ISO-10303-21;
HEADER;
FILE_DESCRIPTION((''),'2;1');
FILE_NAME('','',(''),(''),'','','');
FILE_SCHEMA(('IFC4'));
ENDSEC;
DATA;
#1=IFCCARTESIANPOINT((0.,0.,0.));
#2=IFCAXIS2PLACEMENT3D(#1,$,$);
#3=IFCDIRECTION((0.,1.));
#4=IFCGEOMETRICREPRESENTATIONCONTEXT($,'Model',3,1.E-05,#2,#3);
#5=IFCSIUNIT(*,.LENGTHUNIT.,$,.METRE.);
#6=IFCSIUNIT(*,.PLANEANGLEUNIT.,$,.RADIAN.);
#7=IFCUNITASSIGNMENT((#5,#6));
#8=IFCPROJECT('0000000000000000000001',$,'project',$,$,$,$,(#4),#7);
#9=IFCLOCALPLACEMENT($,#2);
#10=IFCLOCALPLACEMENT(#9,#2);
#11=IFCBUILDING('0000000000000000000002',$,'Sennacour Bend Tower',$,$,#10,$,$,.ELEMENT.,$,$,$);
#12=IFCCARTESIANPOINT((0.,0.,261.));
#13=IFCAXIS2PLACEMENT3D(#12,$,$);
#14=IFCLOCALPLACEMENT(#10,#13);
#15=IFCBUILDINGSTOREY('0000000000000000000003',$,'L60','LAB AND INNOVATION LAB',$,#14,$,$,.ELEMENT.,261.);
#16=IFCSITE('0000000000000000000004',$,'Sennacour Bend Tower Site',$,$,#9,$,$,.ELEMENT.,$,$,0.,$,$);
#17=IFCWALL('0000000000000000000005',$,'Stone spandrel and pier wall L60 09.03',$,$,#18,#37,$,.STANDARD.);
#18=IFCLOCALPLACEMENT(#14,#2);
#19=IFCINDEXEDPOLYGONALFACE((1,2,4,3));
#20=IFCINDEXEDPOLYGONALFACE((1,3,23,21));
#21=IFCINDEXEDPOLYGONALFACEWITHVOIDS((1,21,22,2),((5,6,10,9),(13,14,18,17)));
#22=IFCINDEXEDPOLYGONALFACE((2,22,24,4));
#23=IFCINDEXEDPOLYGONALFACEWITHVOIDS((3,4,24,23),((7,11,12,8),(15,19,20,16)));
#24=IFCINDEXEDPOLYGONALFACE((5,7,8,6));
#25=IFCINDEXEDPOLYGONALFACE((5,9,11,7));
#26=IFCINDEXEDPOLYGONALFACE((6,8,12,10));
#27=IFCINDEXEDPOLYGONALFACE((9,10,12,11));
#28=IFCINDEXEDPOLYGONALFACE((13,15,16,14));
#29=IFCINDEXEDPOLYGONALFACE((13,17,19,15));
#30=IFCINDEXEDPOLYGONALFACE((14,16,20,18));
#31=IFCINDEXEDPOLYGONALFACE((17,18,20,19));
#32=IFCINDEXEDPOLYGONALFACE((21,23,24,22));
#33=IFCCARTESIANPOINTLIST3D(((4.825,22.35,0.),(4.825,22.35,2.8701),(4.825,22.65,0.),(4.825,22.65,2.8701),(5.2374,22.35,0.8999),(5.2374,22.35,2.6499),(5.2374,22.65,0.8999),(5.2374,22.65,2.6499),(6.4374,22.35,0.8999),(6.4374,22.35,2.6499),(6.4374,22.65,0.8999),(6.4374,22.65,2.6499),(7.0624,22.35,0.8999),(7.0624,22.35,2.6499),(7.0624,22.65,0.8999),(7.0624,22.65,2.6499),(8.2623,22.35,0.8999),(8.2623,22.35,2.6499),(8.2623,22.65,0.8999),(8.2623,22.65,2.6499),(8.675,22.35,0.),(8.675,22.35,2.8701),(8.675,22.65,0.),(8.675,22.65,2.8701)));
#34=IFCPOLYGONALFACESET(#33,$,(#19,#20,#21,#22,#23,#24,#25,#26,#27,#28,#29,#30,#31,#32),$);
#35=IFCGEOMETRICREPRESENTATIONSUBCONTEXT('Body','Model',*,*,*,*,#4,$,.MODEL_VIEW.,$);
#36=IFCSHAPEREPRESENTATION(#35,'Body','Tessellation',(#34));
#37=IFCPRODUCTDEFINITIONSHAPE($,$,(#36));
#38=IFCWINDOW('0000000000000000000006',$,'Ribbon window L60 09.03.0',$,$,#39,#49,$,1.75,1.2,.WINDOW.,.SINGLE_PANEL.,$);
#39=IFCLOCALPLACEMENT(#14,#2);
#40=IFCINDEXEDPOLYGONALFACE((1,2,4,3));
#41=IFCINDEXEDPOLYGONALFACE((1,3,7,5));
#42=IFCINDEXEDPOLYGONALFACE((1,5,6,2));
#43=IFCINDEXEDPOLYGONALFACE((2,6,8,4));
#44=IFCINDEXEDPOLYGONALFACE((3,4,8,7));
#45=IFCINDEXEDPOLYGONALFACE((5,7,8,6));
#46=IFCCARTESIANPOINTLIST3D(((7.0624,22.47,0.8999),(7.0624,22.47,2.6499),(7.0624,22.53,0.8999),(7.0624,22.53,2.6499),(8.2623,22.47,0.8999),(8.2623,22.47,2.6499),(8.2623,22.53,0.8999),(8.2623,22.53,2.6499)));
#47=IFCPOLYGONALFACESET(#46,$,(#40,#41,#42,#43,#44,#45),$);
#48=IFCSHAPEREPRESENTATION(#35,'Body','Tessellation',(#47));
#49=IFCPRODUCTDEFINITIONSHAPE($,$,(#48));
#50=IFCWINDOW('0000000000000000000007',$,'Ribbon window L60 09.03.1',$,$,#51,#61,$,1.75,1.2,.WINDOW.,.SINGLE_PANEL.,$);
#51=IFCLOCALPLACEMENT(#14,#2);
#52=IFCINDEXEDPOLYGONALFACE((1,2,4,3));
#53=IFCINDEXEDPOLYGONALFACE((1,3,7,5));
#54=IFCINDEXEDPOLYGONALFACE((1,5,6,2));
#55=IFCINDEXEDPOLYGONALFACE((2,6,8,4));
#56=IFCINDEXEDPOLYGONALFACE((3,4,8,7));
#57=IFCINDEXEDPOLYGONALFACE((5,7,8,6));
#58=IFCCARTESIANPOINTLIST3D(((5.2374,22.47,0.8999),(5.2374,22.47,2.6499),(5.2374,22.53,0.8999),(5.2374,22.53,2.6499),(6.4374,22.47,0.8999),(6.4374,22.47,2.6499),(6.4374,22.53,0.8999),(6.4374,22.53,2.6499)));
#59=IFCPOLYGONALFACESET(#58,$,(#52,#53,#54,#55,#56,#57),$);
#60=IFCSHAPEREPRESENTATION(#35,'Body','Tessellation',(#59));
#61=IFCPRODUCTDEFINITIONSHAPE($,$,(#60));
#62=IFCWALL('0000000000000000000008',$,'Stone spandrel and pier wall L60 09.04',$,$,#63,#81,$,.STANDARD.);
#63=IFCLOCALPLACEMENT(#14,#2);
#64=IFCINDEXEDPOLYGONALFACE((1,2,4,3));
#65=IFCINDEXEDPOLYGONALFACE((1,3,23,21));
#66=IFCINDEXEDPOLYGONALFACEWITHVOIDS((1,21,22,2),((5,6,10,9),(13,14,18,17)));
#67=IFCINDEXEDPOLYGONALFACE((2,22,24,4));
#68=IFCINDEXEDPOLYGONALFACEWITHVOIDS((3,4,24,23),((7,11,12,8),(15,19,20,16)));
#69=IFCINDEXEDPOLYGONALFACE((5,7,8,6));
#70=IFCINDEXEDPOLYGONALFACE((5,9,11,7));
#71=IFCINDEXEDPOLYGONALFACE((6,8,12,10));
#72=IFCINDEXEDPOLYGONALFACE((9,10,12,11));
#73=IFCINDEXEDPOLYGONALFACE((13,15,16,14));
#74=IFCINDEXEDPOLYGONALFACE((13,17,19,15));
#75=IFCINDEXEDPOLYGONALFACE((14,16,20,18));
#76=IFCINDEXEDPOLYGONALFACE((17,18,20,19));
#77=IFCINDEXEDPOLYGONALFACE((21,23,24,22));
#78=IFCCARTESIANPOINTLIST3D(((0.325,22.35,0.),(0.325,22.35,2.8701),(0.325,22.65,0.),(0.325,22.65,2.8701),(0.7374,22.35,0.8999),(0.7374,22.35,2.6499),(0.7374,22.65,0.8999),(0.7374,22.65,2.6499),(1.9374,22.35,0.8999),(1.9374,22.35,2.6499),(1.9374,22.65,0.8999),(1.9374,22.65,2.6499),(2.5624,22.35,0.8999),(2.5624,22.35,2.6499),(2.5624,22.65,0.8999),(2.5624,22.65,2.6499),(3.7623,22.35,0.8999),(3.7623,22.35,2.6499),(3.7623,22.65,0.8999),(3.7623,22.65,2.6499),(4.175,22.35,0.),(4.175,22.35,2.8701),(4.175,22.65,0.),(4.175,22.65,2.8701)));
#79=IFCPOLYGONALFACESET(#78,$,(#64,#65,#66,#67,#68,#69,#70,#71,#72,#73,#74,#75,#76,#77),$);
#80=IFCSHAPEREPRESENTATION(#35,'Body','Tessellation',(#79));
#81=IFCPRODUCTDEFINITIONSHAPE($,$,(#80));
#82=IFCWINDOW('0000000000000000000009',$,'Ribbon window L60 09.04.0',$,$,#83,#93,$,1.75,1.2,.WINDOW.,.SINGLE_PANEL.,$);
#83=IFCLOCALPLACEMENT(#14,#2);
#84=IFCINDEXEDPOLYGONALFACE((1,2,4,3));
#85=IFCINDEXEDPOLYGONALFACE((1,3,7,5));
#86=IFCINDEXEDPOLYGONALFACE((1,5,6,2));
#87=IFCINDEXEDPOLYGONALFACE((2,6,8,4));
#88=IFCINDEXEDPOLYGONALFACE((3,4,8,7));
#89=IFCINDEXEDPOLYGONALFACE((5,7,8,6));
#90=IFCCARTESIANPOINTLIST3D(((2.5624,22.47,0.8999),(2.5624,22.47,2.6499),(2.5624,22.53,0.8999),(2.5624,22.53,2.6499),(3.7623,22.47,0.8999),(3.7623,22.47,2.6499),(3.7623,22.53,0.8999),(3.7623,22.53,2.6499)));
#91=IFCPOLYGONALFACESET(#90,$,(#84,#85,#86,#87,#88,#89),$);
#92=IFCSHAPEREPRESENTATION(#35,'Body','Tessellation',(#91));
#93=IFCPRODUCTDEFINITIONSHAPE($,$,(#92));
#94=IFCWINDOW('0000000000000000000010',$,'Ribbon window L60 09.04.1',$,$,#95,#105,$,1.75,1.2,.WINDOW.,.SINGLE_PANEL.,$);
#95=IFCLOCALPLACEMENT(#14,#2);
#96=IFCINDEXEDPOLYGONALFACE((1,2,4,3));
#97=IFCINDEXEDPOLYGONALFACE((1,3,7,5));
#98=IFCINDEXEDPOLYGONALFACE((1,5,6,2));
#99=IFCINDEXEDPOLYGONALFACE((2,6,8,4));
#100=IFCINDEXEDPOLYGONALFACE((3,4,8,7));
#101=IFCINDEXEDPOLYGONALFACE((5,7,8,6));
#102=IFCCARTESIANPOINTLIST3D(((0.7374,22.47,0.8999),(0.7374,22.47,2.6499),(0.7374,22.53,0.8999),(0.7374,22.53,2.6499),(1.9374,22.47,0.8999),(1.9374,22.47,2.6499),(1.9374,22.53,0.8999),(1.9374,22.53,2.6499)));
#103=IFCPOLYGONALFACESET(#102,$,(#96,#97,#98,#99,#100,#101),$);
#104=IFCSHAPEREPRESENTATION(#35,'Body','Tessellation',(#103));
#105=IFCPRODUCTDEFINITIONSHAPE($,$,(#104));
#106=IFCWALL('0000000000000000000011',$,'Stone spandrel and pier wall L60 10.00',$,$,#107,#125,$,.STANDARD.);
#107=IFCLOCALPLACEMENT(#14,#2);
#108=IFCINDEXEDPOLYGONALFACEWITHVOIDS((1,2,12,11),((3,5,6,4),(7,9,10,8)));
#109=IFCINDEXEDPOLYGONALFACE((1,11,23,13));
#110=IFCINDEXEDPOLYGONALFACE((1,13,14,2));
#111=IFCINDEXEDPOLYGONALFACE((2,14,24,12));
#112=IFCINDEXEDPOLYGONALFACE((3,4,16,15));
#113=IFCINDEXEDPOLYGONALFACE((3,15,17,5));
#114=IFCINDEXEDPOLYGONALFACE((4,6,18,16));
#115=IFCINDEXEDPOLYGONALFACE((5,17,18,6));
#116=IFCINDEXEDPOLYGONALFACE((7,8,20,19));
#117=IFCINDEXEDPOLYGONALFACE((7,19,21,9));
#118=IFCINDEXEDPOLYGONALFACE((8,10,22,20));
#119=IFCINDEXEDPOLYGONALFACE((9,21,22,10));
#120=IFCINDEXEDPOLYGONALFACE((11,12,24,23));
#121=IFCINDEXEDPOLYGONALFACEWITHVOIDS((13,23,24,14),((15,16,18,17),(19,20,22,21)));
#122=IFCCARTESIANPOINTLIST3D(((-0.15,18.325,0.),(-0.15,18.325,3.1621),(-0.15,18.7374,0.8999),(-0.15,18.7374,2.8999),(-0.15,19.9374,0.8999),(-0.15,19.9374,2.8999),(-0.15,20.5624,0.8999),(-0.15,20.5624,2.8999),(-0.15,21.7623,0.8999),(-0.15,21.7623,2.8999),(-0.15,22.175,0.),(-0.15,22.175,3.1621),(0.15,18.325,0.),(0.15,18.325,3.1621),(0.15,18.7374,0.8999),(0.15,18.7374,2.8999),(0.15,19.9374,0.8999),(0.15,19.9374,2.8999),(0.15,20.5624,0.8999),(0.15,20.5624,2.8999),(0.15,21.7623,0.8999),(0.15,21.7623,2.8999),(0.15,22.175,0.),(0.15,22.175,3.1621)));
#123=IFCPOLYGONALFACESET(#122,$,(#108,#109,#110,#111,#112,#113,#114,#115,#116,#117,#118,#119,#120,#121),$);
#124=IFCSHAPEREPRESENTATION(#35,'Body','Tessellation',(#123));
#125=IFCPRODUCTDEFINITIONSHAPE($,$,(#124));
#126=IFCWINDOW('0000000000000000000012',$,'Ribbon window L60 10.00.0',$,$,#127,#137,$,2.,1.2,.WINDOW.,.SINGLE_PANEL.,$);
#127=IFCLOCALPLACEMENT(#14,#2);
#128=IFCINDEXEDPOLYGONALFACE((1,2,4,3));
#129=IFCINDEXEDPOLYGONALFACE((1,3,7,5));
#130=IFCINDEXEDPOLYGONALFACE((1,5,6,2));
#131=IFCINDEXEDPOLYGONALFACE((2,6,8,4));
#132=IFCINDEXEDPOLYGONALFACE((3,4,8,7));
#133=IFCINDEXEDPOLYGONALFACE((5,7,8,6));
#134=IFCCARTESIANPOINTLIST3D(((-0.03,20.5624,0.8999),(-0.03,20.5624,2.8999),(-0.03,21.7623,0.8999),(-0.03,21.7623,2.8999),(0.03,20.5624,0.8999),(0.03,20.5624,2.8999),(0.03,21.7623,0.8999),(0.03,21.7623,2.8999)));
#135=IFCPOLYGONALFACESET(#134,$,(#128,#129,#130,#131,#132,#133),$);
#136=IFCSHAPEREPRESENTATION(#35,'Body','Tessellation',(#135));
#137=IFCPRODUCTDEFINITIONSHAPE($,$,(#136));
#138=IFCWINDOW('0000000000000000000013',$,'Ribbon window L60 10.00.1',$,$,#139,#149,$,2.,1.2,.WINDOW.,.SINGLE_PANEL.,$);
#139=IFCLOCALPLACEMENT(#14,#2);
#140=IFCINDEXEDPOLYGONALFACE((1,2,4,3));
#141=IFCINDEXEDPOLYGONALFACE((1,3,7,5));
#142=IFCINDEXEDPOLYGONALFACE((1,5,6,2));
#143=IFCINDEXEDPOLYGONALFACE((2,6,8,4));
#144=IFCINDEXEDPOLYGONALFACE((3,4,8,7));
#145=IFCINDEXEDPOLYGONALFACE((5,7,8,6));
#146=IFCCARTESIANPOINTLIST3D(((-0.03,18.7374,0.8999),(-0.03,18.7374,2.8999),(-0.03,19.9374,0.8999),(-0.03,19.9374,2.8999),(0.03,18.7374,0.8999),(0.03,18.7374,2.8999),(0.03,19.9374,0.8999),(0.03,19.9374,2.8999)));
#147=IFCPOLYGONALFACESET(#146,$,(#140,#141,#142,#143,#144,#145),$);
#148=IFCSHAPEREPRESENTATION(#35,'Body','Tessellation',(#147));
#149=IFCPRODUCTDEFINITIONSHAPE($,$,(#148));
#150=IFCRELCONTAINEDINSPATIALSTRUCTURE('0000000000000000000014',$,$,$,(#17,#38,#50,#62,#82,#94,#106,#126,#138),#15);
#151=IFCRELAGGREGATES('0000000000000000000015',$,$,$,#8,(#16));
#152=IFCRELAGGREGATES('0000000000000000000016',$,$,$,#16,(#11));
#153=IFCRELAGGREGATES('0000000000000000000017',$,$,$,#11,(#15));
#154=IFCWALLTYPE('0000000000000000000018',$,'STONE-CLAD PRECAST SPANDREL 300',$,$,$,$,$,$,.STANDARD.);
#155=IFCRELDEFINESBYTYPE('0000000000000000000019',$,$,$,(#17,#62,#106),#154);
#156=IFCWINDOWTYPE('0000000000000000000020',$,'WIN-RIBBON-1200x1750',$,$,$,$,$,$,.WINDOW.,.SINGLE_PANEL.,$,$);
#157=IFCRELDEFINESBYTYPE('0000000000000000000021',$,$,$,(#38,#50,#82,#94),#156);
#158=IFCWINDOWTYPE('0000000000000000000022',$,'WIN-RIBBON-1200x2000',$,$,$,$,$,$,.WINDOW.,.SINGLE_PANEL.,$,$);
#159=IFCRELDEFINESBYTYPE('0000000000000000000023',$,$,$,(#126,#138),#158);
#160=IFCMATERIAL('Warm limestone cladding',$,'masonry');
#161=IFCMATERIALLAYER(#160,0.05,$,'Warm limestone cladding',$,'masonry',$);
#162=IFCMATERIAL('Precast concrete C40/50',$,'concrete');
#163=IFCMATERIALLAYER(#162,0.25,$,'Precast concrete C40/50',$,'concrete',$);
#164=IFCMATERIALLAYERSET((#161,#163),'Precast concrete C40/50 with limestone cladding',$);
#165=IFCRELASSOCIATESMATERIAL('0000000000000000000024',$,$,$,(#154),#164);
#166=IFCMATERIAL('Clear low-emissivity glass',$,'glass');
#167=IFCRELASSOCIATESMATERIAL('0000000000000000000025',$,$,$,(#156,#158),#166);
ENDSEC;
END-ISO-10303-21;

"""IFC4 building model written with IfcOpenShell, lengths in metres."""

from ifc_helpers import new_model, si_unit, direction, frame, frame_2d, origin, place, context, subcontext, project, spatial, rectangle, extrude, material, layer, layer_set, type_object, element, fill, save


model = new_model("IFC4")

# Units and contexts
model_context = context("Model", 3, precision=1e-05, world=origin(), true_north=direction((0.0, 1.0)))
body_context = subcontext(model_context, "Body", "Model", "MODEL_VIEW")
ifc_project = project(units=[si_unit("LENGTHUNIT", "METRE"), si_unit("PLANEANGLEUNIT", "RADIAN")], contexts=[model_context])

# Site, building, storey
site_placement = place(None, origin())
site = spatial("IfcSite", under=ifc_project, at=site_placement, Name="Sennacour Bend Tower Site", CompositionType="ELEMENT", RefElevation=0.0)
building_placement = place(site_placement, origin())
building = spatial("IfcBuilding", under=site, at=building_placement, Name="Sennacour Bend Tower", CompositionType="ELEMENT")
storey_placement = place(building_placement, frame((0.0, 0.0, 261.0)))
storey = spatial("IfcBuildingStorey", under=building, at=storey_placement, Name="L60", Description="LAB AND INNOVATION LAB", CompositionType="ELEMENT", Elevation=261.0)

# Walls, openings, windows
ifc_material_1 = material(Name="Warm limestone cladding", Category="masonry")
ifc_layer_1 = layer(ifc_material_1, 0.05, Name="Warm limestone cladding", Category="masonry")
ifc_material_2 = material(Name="Precast concrete C40/50", Category="concrete")
ifc_layer_2 = layer(ifc_material_2, 0.25, Name="Precast concrete C40/50", Category="concrete")
ifc_layer_set_1 = layer_set([ifc_layer_1, ifc_layer_2], Name="Precast concrete C40/50 with limestone cladding")
wall_type_1 = type_object("IfcWallType", Name="STONE-CLAD PRECAST SPANDREL 300", PredefinedType="STANDARD", material=ifc_layer_set_1)
wall_1_placement = place(storey_placement, frame((8.675, 22.5, 0.0), z_axis=(0.0, 0.0, 1.0), x_axis=(-1.0, 0.0, 0.0)))
wall_1 = element("IfcWall", 1, at=wall_1_placement, inside=storey, type_object=wall_type_1, Name="Stone spandrel and pier wall L60 09.03", PredefinedType="STANDARD", context=body_context, shape_type="SweptSolid", body=[
    extrude(rectangle(XDim=3.8501, YDim=0.3, at=frame_2d((1.925, 0.0))), origin(), (0.0, 0.0, 1.0), 2.8701),
])
opening_1_placement = place(wall_1_placement, frame((0.4126, 0.0, 0.8999)))
opening_1 = element("IfcOpeningElement", 2, at=opening_1_placement, cuts=wall_1, PredefinedType="OPENING", context=body_context, shape_type="SweptSolid", body=[
    extrude(rectangle(XDim=1.2, YDim=1.75, at=frame_2d((0.6001, 0.875))), frame((0.0, 0.1602, 0.0), z_axis=(0.0, -1.0, 0.0), x_axis=(1.0, 0.0, 0.0)), (0.0, 0.0, 1.0), 0.3201),
])
opening_2_placement = place(wall_1_placement, frame((2.2375, 0.0, 0.8999)))
opening_2 = element("IfcOpeningElement", 3, at=opening_2_placement, cuts=wall_1, PredefinedType="OPENING", context=body_context, shape_type="SweptSolid", body=[
    extrude(rectangle(XDim=1.2, YDim=1.75, at=frame_2d((0.6001, 0.875))), frame((0.0, 0.1602, 0.0), z_axis=(0.0, -1.0, 0.0), x_axis=(1.0, 0.0, 0.0)), (0.0, 0.0, 1.0), 0.3201),
])
ifc_material_3 = material(Name="Clear low-emissivity glass", Category="glass")
window_type_1 = type_object("IfcWindowType", Name="WIN-RIBBON-1200x1750", PartitioningType="SINGLE_PANEL", PredefinedType="WINDOW", material=ifc_material_3)
window_1_placement = place(opening_1_placement, origin())
window_1 = element("IfcWindow", 4, at=window_1_placement, inside=storey, type_object=window_type_1, Name="Ribbon window L60 09.03.0", OverallHeight=1.75, OverallWidth=1.2, PartitioningType="SINGLE_PANEL", PredefinedType="WINDOW", context=body_context, shape_type="SweptSolid", body=[
    extrude(rectangle(XDim=1.2, YDim=1.75, at=frame_2d((0.6001, 0.875))), frame((0.0, 0.03, 0.0), z_axis=(0.0, -1.0, 0.0), x_axis=(1.0, 0.0, 0.0)), (0.0, 0.0, 1.0), 0.0601),
])
fill(opening_1, window_1)
window_2_placement = place(opening_2_placement, origin())
window_2 = element("IfcWindow", 5, at=window_2_placement, inside=storey, type_object=window_type_1, Name="Ribbon window L60 09.03.1", OverallHeight=1.75, OverallWidth=1.2, PartitioningType="SINGLE_PANEL", PredefinedType="WINDOW", context=body_context, shape_type="SweptSolid", body=[
    extrude(rectangle(XDim=1.2, YDim=1.75, at=frame_2d((0.6001, 0.875))), frame((0.0, 0.03, 0.0), z_axis=(0.0, -1.0, 0.0), x_axis=(1.0, 0.0, 0.0)), (0.0, 0.0, 1.0), 0.0601),
])
fill(opening_2, window_2)
wall_2_placement = place(storey_placement, frame((4.175, 22.5, 0.0), z_axis=(0.0, 0.0, 1.0), x_axis=(-1.0, 0.0, 0.0)))
wall_2 = element("IfcWall", 6, at=wall_2_placement, inside=storey, type_object=wall_type_1, Name="Stone spandrel and pier wall L60 09.04", PredefinedType="STANDARD", context=body_context, shape_type="SweptSolid", body=[
    extrude(rectangle(XDim=3.8501, YDim=0.3, at=frame_2d((1.925, 0.0))), origin(), (0.0, 0.0, 1.0), 2.8701),
])
opening_3_placement = place(wall_2_placement, frame((0.4126, 0.0, 0.8999)))
opening_3 = element("IfcOpeningElement", 7, at=opening_3_placement, cuts=wall_2, PredefinedType="OPENING", context=body_context, shape_type="SweptSolid", body=[
    extrude(rectangle(XDim=1.2, YDim=1.75, at=frame_2d((0.6001, 0.875))), frame((0.0, 0.1602, 0.0), z_axis=(0.0, -1.0, 0.0), x_axis=(1.0, 0.0, 0.0)), (0.0, 0.0, 1.0), 0.3201),
])
opening_4_placement = place(wall_2_placement, frame((2.2375, 0.0, 0.8999)))
opening_4 = element("IfcOpeningElement", 8, at=opening_4_placement, cuts=wall_2, PredefinedType="OPENING", context=body_context, shape_type="SweptSolid", body=[
    extrude(rectangle(XDim=1.2, YDim=1.75, at=frame_2d((0.6001, 0.875))), frame((0.0, 0.1602, 0.0), z_axis=(0.0, -1.0, 0.0), x_axis=(1.0, 0.0, 0.0)), (0.0, 0.0, 1.0), 0.3201),
])
window_3_placement = place(opening_3_placement, origin())
window_3 = element("IfcWindow", 9, at=window_3_placement, inside=storey, type_object=window_type_1, Name="Ribbon window L60 09.04.0", OverallHeight=1.75, OverallWidth=1.2, PartitioningType="SINGLE_PANEL", PredefinedType="WINDOW", context=body_context, shape_type="SweptSolid", body=[
    extrude(rectangle(XDim=1.2, YDim=1.75, at=frame_2d((0.6001, 0.875))), frame((0.0, 0.03, 0.0), z_axis=(0.0, -1.0, 0.0), x_axis=(1.0, 0.0, 0.0)), (0.0, 0.0, 1.0), 0.0601),
])
fill(opening_3, window_3)
window_4_placement = place(opening_4_placement, origin())
window_4 = element("IfcWindow", 10, at=window_4_placement, inside=storey, type_object=window_type_1, Name="Ribbon window L60 09.04.1", OverallHeight=1.75, OverallWidth=1.2, PartitioningType="SINGLE_PANEL", PredefinedType="WINDOW", context=body_context, shape_type="SweptSolid", body=[
    extrude(rectangle(XDim=1.2, YDim=1.75, at=frame_2d((0.6001, 0.875))), frame((0.0, 0.03, 0.0), z_axis=(0.0, -1.0, 0.0), x_axis=(1.0, 0.0, 0.0)), (0.0, 0.0, 1.0), 0.0601),
])
fill(opening_4, window_4)
wall_3_placement = place(storey_placement, frame((0.0, 22.175, 0.0), z_axis=(0.0, 0.0, 1.0), x_axis=(0.0, -1.0, 0.0)))
wall_3 = element("IfcWall", 11, at=wall_3_placement, inside=storey, type_object=wall_type_1, Name="Stone spandrel and pier wall L60 10.00", PredefinedType="STANDARD", context=body_context, shape_type="SweptSolid", body=[
    extrude(rectangle(XDim=3.8501, YDim=0.3, at=frame_2d((1.925, 0.0))), origin(), (0.0, 0.0, 1.0), 3.1621),
])
opening_5_placement = place(wall_3_placement, frame((0.4126, 0.0, 0.8999)))
opening_5 = element("IfcOpeningElement", 12, at=opening_5_placement, cuts=wall_3, PredefinedType="OPENING", context=body_context, shape_type="SweptSolid", body=[
    extrude(rectangle(XDim=1.2, YDim=2.0, at=frame_2d((0.6001, 1.0))), frame((0.0, 0.1602, 0.0), z_axis=(0.0, -1.0, 0.0), x_axis=(1.0, 0.0, 0.0)), (0.0, 0.0, 1.0), 0.3201),
])
opening_6_placement = place(wall_3_placement, frame((2.2375, 0.0, 0.8999)))
opening_6 = element("IfcOpeningElement", 13, at=opening_6_placement, cuts=wall_3, PredefinedType="OPENING", context=body_context, shape_type="SweptSolid", body=[
    extrude(rectangle(XDim=1.2, YDim=2.0, at=frame_2d((0.6001, 1.0))), frame((0.0, 0.1602, 0.0), z_axis=(0.0, -1.0, 0.0), x_axis=(1.0, 0.0, 0.0)), (0.0, 0.0, 1.0), 0.3201),
])
window_type_2 = type_object("IfcWindowType", Name="WIN-RIBBON-1200x2000", PartitioningType="SINGLE_PANEL", PredefinedType="WINDOW", material=ifc_material_3)
window_5_placement = place(opening_5_placement, origin())
window_5 = element("IfcWindow", 14, at=window_5_placement, inside=storey, type_object=window_type_2, Name="Ribbon window L60 10.00.0", OverallHeight=2.0, OverallWidth=1.2, PartitioningType="SINGLE_PANEL", PredefinedType="WINDOW", context=body_context, shape_type="SweptSolid", body=[
    extrude(rectangle(XDim=1.2, YDim=2.0, at=frame_2d((0.6001, 1.0))), frame((0.0, 0.03, 0.0), z_axis=(0.0, -1.0, 0.0), x_axis=(1.0, 0.0, 0.0)), (0.0, 0.0, 1.0), 0.0601),
])
fill(opening_5, window_5)
window_6_placement = place(opening_6_placement, origin())
window_6 = element("IfcWindow", 15, at=window_6_placement, inside=storey, type_object=window_type_2, Name="Ribbon window L60 10.00.1", OverallHeight=2.0, OverallWidth=1.2, PartitioningType="SINGLE_PANEL", PredefinedType="WINDOW", context=body_context, shape_type="SweptSolid", body=[
    extrude(rectangle(XDim=1.2, YDim=2.0, at=frame_2d((0.6001, 1.0))), frame((0.0, 0.03, 0.0), z_axis=(0.0, -1.0, 0.0), x_axis=(1.0, 0.0, 0.0)), (0.0, 0.0, 1.0), 0.0601),
])
fill(opening_6, window_6)

save(model, "model.ifc")
